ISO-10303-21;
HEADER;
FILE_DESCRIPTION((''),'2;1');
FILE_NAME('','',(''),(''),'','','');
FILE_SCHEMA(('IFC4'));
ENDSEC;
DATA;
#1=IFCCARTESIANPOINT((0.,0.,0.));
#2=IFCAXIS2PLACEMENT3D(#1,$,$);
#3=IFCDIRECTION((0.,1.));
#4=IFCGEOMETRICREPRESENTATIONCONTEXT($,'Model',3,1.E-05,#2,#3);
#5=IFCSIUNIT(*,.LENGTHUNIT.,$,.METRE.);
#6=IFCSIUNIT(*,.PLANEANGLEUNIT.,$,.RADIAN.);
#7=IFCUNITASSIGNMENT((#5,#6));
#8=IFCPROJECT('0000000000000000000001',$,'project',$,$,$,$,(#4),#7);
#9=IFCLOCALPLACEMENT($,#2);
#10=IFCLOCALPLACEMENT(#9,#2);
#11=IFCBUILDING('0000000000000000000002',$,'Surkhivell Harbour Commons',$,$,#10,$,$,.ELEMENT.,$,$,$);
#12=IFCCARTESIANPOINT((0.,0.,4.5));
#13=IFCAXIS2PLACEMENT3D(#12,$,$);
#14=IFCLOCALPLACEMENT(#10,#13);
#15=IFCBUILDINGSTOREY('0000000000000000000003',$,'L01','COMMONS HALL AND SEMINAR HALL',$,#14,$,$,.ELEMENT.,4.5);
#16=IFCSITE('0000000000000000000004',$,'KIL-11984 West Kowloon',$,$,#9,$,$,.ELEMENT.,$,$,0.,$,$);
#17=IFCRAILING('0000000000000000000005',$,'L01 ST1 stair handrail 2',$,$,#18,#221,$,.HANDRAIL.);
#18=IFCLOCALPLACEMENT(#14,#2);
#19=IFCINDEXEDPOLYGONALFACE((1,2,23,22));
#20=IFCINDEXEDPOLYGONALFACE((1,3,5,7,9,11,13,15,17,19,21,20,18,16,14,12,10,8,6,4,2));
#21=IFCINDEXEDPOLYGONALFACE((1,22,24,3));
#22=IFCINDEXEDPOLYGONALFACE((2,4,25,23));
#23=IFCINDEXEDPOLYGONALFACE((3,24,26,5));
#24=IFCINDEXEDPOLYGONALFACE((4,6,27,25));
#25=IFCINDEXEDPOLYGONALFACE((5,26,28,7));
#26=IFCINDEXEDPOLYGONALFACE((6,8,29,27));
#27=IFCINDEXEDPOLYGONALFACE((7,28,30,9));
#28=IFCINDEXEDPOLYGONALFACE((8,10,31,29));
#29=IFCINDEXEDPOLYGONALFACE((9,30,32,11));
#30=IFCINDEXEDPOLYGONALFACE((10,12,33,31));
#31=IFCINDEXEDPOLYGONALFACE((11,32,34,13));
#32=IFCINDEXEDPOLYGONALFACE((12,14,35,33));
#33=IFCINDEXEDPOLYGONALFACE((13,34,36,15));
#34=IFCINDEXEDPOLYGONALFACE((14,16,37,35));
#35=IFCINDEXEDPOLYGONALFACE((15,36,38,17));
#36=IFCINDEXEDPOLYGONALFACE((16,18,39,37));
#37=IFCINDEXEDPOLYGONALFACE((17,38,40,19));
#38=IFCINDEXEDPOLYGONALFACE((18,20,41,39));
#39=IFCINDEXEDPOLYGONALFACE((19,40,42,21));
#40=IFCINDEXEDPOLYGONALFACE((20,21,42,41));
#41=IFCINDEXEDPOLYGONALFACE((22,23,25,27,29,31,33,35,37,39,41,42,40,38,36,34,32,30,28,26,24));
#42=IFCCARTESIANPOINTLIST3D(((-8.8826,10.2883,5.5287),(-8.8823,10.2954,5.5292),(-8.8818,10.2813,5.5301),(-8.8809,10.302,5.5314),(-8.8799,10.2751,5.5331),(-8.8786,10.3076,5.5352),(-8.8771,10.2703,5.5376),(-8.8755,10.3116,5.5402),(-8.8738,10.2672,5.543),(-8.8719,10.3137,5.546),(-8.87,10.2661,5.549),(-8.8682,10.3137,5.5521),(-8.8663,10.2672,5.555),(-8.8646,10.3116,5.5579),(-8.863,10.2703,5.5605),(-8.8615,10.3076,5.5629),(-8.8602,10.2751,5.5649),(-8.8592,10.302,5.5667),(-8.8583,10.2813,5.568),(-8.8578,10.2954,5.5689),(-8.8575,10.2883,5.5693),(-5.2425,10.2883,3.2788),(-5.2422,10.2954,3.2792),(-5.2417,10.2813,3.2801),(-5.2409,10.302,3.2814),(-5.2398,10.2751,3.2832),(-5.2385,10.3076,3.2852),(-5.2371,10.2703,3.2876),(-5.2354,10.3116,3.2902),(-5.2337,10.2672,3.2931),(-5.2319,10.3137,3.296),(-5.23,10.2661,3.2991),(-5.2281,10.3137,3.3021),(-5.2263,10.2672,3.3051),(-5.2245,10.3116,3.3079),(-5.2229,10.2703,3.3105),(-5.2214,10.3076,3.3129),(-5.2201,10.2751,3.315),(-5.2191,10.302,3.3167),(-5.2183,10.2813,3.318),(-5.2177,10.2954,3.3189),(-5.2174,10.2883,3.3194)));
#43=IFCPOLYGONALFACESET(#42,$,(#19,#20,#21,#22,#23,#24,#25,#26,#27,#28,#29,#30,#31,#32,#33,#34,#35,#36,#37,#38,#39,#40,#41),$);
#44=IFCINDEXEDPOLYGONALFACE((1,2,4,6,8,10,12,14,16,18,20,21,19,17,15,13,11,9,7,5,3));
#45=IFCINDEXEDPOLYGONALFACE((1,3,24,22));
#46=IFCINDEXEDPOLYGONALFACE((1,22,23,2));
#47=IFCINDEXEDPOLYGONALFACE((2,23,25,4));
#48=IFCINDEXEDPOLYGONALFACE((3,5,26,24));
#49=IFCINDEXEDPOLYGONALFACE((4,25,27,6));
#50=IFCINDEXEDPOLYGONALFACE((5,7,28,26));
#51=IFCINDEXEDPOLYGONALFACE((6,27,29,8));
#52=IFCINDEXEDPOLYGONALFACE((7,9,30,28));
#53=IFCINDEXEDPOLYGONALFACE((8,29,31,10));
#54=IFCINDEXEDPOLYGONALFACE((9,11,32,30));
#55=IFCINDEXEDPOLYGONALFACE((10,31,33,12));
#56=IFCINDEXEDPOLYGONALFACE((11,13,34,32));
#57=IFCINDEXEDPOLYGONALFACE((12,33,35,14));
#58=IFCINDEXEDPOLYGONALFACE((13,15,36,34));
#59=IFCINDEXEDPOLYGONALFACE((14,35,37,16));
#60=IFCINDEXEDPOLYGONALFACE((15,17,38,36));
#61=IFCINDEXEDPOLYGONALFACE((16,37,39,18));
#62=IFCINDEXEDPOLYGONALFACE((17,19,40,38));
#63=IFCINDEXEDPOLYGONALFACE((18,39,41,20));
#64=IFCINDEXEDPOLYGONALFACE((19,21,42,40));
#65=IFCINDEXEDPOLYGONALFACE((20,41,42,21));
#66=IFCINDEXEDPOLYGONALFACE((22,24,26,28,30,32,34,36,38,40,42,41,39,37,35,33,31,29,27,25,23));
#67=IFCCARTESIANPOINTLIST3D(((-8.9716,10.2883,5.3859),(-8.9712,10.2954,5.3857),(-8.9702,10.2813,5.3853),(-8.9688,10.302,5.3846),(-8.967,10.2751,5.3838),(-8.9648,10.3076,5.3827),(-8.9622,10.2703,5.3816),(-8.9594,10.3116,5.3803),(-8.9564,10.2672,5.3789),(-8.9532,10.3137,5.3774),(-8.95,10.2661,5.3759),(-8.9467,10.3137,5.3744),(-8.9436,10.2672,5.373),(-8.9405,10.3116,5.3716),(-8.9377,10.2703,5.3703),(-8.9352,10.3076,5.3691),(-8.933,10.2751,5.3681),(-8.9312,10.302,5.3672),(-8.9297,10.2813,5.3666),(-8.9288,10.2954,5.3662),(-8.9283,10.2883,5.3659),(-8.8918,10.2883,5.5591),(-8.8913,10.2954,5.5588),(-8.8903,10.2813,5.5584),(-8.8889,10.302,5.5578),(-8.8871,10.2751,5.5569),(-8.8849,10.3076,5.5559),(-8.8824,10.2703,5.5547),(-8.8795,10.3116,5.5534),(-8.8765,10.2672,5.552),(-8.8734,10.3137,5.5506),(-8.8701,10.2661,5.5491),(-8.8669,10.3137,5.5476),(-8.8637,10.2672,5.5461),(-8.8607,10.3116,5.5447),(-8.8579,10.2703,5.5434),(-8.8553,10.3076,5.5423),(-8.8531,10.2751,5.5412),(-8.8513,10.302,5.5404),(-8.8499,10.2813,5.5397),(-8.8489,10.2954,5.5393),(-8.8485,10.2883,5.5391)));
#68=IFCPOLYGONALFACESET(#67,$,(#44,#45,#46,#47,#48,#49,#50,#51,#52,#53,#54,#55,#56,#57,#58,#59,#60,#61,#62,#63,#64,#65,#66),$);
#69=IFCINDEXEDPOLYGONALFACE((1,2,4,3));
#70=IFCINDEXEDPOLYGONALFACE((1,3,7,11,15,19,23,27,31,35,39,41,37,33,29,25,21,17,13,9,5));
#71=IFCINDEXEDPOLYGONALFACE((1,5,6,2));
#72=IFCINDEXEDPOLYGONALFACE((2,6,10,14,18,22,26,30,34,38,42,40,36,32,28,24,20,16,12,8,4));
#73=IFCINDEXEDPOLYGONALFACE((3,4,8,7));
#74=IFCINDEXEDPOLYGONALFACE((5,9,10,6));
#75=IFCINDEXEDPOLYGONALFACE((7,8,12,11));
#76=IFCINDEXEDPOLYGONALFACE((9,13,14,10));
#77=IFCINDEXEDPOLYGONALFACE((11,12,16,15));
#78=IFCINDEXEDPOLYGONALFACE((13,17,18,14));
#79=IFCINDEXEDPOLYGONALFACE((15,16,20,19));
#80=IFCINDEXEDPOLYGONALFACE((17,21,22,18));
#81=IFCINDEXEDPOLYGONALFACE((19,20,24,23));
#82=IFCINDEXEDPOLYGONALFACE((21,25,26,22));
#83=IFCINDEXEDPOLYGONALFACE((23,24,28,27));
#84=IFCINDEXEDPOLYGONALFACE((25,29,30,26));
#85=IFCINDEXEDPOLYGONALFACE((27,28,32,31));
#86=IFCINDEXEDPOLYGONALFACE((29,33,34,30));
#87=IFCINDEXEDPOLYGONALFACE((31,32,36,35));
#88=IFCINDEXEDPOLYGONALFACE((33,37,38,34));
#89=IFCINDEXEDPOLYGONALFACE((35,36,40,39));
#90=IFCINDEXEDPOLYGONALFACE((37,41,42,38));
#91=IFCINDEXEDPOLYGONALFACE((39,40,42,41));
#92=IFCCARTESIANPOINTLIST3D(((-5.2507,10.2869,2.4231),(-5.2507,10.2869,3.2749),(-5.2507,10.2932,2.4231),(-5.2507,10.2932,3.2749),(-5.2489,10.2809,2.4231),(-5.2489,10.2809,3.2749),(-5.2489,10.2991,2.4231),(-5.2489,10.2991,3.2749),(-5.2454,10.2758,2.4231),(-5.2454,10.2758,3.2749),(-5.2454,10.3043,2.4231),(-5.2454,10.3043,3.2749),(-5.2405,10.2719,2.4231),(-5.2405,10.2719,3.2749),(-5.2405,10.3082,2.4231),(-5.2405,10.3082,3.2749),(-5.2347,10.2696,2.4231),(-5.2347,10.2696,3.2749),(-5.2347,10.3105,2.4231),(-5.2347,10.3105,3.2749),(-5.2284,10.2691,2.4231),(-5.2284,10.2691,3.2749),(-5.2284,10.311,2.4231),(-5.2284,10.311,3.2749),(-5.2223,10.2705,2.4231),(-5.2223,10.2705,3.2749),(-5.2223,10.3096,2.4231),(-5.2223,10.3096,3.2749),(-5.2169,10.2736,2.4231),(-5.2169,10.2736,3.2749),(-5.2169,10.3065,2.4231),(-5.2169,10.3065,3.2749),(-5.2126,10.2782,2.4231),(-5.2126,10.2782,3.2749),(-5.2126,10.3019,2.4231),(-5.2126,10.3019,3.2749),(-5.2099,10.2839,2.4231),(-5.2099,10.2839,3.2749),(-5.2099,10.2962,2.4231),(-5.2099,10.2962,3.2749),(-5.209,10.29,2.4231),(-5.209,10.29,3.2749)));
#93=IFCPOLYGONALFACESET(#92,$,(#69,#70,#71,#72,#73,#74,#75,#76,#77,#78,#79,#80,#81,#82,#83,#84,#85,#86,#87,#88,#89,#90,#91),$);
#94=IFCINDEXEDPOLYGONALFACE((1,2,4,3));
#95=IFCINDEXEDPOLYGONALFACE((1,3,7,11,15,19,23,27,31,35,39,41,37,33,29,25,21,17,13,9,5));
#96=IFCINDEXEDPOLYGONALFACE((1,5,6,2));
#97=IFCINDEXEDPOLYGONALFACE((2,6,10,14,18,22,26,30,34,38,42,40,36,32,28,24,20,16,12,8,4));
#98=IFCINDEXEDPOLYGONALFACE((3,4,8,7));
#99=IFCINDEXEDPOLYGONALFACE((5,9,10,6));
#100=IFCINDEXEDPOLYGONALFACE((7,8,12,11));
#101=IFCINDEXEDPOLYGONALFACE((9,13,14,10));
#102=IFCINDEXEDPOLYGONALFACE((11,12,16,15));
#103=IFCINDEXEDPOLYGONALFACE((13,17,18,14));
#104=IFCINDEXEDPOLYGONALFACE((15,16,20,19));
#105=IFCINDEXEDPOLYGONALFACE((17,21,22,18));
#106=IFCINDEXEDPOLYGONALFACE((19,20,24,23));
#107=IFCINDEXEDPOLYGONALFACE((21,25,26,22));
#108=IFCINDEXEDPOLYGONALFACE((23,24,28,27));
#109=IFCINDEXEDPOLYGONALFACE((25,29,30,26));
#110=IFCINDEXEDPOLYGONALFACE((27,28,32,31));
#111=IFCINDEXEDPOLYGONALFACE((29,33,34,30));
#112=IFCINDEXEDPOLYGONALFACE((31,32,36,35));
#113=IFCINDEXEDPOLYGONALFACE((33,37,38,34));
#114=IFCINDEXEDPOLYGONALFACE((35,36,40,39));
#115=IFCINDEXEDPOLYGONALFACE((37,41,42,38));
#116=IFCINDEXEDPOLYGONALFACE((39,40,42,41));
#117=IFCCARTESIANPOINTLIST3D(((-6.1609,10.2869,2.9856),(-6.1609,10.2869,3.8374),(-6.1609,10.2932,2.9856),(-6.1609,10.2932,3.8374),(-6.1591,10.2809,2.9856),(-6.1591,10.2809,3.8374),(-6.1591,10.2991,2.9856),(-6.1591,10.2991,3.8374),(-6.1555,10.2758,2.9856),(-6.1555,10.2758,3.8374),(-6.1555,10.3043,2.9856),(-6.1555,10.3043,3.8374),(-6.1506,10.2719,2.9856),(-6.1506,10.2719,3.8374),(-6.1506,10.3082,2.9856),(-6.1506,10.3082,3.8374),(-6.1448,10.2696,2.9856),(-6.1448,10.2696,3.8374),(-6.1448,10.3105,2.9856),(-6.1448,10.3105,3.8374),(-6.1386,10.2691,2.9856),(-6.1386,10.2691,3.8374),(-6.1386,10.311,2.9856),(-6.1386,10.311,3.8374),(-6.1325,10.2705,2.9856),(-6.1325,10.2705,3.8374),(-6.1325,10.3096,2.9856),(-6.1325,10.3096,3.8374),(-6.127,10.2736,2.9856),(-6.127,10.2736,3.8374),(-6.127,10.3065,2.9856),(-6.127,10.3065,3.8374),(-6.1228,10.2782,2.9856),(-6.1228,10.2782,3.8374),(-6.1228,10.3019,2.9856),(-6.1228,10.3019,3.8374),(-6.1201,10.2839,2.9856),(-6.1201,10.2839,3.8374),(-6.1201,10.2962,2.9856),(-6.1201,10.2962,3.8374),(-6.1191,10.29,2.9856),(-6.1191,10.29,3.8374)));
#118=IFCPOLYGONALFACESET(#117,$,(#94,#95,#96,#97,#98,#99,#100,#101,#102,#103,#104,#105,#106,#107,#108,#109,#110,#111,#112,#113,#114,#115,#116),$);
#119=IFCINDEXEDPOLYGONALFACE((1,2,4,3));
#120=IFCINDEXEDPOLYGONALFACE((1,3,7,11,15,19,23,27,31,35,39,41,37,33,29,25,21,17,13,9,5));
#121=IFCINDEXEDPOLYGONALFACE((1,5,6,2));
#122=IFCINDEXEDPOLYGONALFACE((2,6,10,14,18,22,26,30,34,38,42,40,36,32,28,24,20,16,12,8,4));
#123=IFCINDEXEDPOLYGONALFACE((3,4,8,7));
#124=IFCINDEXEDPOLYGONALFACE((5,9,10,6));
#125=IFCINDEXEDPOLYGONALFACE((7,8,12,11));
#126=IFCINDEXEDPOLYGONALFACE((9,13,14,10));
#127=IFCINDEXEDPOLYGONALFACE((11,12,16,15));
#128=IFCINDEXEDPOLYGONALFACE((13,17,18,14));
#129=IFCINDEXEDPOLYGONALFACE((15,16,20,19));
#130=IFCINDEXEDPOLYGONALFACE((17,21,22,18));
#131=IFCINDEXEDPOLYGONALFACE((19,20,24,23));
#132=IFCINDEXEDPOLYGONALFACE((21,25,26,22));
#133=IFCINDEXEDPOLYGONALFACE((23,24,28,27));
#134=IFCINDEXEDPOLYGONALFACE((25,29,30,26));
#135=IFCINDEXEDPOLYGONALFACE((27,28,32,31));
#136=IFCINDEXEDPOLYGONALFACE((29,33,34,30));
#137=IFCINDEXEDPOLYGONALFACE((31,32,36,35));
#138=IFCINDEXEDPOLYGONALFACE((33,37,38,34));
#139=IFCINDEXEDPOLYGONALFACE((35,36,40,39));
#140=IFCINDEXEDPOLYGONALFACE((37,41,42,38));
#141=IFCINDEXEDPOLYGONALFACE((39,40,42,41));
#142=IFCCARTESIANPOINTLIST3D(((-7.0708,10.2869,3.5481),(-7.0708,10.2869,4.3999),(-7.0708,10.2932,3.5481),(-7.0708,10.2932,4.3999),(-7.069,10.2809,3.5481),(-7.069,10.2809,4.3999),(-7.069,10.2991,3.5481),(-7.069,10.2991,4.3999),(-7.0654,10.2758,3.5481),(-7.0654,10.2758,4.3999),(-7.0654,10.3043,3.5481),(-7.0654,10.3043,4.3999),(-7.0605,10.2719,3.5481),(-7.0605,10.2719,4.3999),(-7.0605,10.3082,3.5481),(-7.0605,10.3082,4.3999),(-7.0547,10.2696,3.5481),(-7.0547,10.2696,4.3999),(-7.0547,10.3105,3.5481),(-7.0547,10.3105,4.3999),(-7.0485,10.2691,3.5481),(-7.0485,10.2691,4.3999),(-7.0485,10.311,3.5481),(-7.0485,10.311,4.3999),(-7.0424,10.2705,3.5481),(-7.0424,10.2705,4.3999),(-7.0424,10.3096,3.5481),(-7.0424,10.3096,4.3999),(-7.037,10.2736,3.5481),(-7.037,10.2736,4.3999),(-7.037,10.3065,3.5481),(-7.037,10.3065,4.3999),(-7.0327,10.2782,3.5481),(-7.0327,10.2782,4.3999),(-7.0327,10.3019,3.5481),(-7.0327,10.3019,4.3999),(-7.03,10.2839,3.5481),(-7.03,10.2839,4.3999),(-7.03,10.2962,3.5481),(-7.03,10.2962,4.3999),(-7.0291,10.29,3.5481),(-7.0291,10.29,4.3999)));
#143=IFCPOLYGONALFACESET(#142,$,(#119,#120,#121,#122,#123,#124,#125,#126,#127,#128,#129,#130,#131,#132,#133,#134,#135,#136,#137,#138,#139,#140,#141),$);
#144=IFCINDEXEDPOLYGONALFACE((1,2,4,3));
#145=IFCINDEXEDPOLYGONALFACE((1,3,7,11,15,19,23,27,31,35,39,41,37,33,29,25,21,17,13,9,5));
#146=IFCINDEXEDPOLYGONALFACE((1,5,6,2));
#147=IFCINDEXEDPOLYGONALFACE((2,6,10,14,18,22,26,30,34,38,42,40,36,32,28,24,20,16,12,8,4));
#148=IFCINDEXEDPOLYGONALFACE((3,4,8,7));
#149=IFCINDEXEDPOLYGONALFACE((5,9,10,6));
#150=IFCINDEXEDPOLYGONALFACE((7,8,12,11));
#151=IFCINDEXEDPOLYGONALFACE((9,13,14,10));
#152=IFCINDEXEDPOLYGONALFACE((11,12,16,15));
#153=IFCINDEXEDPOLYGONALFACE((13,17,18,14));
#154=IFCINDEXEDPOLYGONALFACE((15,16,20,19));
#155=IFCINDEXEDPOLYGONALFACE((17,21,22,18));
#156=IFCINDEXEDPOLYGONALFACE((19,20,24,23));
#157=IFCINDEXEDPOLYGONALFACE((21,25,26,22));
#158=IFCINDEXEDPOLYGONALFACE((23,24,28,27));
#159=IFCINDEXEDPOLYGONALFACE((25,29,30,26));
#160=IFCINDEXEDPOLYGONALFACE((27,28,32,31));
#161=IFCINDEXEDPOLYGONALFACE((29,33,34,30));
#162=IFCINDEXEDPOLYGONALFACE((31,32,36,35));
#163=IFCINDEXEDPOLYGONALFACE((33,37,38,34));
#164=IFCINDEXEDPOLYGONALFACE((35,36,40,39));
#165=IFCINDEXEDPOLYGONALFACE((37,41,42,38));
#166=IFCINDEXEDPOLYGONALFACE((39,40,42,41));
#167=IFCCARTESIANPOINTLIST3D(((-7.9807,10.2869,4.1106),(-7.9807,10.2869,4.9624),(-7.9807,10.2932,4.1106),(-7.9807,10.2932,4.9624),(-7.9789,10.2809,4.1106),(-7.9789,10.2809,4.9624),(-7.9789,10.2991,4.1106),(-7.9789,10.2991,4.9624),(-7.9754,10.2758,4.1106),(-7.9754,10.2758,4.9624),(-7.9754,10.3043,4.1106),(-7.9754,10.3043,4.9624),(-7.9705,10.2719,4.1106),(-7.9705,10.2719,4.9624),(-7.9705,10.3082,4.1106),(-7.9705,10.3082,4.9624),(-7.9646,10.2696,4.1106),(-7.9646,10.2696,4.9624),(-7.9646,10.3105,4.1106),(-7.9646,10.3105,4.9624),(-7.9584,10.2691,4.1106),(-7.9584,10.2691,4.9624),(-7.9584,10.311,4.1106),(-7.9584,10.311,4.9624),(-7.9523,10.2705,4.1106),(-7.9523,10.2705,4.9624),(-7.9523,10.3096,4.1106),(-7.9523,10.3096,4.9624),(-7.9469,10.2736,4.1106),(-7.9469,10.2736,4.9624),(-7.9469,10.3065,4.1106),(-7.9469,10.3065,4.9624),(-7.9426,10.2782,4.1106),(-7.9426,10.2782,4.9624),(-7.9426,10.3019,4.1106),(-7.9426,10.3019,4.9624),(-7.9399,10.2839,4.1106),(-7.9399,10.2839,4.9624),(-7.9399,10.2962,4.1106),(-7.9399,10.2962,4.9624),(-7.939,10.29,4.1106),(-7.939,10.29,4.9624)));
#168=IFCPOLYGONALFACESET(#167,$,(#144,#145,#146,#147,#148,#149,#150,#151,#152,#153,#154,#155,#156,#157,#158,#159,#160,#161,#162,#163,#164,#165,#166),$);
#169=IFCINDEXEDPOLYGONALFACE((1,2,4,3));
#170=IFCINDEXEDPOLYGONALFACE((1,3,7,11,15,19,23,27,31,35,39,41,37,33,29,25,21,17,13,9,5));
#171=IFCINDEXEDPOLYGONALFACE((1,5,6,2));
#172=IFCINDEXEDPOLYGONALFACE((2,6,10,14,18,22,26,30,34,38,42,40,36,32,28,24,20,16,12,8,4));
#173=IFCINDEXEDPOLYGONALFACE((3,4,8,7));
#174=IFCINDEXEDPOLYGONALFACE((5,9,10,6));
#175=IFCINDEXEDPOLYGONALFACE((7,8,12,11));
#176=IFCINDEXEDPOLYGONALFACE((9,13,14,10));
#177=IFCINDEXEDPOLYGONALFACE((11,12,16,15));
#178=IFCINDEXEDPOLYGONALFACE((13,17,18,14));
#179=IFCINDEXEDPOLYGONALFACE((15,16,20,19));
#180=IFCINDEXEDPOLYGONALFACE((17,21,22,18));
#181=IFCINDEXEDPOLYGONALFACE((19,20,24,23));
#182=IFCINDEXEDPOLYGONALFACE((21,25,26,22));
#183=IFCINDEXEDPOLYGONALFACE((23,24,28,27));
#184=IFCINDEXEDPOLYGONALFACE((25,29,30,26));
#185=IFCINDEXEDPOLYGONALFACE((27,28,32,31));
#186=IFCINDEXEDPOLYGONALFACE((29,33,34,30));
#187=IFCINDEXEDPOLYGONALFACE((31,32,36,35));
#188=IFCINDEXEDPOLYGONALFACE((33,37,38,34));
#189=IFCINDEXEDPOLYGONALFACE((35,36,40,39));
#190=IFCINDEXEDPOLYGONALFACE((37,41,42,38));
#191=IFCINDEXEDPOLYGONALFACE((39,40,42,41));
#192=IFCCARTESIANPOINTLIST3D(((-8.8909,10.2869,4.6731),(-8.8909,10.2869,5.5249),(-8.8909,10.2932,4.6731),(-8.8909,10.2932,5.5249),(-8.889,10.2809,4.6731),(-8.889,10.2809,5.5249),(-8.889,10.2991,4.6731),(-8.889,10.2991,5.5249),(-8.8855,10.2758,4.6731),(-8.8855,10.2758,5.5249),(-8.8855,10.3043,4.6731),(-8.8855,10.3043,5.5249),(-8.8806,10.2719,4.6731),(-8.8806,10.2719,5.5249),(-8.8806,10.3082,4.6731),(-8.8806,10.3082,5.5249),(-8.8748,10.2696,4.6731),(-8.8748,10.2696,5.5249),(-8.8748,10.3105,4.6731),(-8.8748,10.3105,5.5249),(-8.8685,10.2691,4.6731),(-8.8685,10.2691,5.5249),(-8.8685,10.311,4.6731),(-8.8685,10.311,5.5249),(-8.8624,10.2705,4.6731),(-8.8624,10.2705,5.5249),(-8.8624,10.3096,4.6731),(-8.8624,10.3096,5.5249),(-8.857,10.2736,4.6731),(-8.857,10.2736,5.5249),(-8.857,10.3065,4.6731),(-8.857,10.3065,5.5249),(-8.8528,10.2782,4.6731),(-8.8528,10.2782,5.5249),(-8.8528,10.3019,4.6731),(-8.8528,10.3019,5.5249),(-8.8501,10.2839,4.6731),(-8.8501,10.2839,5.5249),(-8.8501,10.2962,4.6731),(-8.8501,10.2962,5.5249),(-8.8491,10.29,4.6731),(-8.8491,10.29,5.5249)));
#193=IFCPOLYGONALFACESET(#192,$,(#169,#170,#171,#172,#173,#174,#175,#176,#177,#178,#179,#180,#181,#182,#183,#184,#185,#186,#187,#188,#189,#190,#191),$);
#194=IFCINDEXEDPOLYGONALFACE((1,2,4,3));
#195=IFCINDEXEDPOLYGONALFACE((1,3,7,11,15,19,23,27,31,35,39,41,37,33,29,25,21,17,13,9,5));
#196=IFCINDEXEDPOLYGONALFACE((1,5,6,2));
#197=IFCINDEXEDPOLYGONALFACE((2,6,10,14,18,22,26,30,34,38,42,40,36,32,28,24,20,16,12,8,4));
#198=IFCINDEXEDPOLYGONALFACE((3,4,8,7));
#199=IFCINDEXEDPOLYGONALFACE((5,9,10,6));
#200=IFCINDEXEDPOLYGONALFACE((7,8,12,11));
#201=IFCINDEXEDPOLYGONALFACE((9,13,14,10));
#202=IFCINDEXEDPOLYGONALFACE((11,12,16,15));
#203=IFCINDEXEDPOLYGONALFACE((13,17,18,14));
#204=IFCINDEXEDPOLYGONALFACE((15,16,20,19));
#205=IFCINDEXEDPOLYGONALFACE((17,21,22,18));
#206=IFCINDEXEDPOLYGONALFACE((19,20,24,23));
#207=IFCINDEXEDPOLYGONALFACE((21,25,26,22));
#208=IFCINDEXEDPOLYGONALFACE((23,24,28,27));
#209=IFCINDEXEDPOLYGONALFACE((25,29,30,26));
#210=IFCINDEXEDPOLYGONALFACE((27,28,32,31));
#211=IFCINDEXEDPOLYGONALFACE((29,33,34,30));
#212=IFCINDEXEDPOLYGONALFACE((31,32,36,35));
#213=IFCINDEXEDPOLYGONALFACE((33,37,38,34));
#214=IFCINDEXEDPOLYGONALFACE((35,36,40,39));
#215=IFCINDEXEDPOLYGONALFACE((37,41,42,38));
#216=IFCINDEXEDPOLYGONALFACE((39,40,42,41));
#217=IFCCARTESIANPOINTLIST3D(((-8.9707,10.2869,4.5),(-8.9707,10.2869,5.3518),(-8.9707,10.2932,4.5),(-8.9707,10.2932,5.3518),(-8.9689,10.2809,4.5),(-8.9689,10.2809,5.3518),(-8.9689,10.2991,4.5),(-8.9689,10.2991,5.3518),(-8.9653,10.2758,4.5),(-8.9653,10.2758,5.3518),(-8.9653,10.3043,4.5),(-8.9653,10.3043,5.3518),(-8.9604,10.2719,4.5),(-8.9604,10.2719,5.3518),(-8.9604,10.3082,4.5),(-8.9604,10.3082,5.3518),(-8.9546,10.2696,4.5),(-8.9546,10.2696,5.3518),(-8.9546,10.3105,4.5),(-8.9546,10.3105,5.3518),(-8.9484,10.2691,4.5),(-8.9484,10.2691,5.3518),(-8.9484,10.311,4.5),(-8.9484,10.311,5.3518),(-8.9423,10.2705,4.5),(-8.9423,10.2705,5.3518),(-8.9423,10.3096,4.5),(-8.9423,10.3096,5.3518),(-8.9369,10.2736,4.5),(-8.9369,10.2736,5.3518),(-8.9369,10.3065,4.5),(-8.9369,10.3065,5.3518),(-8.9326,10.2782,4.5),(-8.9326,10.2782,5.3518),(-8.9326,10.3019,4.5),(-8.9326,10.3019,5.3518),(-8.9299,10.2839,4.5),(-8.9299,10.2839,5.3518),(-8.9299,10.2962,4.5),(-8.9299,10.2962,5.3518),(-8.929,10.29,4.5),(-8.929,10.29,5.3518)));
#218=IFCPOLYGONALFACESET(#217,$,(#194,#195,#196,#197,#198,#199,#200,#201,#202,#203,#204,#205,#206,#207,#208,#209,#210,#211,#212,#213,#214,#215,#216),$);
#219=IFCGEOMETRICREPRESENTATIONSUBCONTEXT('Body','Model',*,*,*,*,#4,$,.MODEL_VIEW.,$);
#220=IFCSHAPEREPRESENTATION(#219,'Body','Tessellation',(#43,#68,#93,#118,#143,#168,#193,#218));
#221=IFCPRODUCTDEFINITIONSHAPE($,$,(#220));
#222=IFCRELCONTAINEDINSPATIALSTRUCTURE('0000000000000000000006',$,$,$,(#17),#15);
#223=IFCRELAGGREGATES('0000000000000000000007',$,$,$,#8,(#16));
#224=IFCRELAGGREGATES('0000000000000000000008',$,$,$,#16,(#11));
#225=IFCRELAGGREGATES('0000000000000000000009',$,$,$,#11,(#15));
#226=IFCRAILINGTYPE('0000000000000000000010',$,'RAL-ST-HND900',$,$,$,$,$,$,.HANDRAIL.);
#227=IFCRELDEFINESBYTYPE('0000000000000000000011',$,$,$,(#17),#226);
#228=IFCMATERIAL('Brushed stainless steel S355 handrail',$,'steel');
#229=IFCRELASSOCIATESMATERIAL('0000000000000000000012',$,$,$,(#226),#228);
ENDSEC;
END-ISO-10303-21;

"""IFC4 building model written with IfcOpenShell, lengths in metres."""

from ifc_helpers import new_model, si_unit, direction, frame, origin, origin_2d, place, context, subcontext, project, spatial, circle, extrude, material, type_object, element, save


model = new_model("IFC4")

# Units and contexts
model_context = context("Model", 3, precision=1e-05, world=origin(), true_north=direction((0.0, 1.0)))
body_context = subcontext(model_context, "Body", "Model", "MODEL_VIEW")
ifc_project = project(units=[si_unit("LENGTHUNIT", "METRE"), si_unit("PLANEANGLEUNIT", "RADIAN")], contexts=[model_context])

# Site, building, storey
site_placement = place(None, origin())
site = spatial("IfcSite", under=ifc_project, at=site_placement, Name="KIL-11984 West Kowloon", CompositionType="ELEMENT", RefElevation=0.0)
building_placement = place(site_placement, origin())
building = spatial("IfcBuilding", under=site, at=building_placement, Name="Surkhivell Harbour Commons", CompositionType="ELEMENT")
storey_placement = place(building_placement, frame((0.0, 0.0, 4.5)))
storey = spatial("IfcBuildingStorey", under=building, at=storey_placement, Name="L01", Description="COMMONS HALL AND SEMINAR HALL", CompositionType="ELEMENT", Elevation=4.5)

# Railing
ifc_material_1 = material(Name="Brushed stainless steel S355 handrail", Category="steel")
railing_type_1 = type_object("IfcRailingType", Name="RAL-ST-HND900", PredefinedType="HANDRAIL", material=ifc_material_1)
railing_1_placement = place(storey_placement, frame((-5.23, 10.29, 2.4231)))
element("IfcRailing", 1, at=railing_1_placement, inside=storey, type_object=railing_type_1, Name="L01 ST1 stair handrail 2", PredefinedType="HANDRAIL", context=body_context, shape_type="SweptSolid", body=[
    extrude(circle(Radius=0.0239, at=origin_2d()), frame((0.0, 0.0, 0.876), z_axis=(-0.850622, 0.0, 0.525777), x_axis=(0.0, -1.0, 0.0)), (0.0, 0.0, 1.0), 4.2793),
    extrude(circle(Radius=0.0239, at=origin_2d()), frame((-3.6401, 0.0, 3.126), z_axis=(-0.418815, 0.0, -0.908072), x_axis=(0.0, -1.0, 0.0)), (0.0, 0.0, 1.0), 0.1907),
    extrude(circle(Radius=0.021, at=origin_2d()), origin(), (0.0, 0.0, 1.0), 0.8518),
    extrude(circle(Radius=0.021, at=origin_2d()), frame((-0.9102, 0.0, 0.5625)), (0.0, 0.0, 1.0), 0.8518),
    extrude(circle(Radius=0.021, at=origin_2d()), frame((-1.8201, 0.0, 1.125)), (0.0, 0.0, 1.0), 0.8518),
    extrude(circle(Radius=0.021, at=origin_2d()), frame((-2.73, 0.0, 1.6875)), (0.0, 0.0, 1.0), 0.8518),
    extrude(circle(Radius=0.021, at=origin_2d()), frame((-3.6401, 0.0, 2.25)), (0.0, 0.0, 1.0), 0.8518),
    extrude(circle(Radius=0.021, at=origin_2d()), frame((-3.72, 0.0, 2.0769)), (0.0, 0.0, 1.0), 0.8518),
])

save(model, "model.ifc")
